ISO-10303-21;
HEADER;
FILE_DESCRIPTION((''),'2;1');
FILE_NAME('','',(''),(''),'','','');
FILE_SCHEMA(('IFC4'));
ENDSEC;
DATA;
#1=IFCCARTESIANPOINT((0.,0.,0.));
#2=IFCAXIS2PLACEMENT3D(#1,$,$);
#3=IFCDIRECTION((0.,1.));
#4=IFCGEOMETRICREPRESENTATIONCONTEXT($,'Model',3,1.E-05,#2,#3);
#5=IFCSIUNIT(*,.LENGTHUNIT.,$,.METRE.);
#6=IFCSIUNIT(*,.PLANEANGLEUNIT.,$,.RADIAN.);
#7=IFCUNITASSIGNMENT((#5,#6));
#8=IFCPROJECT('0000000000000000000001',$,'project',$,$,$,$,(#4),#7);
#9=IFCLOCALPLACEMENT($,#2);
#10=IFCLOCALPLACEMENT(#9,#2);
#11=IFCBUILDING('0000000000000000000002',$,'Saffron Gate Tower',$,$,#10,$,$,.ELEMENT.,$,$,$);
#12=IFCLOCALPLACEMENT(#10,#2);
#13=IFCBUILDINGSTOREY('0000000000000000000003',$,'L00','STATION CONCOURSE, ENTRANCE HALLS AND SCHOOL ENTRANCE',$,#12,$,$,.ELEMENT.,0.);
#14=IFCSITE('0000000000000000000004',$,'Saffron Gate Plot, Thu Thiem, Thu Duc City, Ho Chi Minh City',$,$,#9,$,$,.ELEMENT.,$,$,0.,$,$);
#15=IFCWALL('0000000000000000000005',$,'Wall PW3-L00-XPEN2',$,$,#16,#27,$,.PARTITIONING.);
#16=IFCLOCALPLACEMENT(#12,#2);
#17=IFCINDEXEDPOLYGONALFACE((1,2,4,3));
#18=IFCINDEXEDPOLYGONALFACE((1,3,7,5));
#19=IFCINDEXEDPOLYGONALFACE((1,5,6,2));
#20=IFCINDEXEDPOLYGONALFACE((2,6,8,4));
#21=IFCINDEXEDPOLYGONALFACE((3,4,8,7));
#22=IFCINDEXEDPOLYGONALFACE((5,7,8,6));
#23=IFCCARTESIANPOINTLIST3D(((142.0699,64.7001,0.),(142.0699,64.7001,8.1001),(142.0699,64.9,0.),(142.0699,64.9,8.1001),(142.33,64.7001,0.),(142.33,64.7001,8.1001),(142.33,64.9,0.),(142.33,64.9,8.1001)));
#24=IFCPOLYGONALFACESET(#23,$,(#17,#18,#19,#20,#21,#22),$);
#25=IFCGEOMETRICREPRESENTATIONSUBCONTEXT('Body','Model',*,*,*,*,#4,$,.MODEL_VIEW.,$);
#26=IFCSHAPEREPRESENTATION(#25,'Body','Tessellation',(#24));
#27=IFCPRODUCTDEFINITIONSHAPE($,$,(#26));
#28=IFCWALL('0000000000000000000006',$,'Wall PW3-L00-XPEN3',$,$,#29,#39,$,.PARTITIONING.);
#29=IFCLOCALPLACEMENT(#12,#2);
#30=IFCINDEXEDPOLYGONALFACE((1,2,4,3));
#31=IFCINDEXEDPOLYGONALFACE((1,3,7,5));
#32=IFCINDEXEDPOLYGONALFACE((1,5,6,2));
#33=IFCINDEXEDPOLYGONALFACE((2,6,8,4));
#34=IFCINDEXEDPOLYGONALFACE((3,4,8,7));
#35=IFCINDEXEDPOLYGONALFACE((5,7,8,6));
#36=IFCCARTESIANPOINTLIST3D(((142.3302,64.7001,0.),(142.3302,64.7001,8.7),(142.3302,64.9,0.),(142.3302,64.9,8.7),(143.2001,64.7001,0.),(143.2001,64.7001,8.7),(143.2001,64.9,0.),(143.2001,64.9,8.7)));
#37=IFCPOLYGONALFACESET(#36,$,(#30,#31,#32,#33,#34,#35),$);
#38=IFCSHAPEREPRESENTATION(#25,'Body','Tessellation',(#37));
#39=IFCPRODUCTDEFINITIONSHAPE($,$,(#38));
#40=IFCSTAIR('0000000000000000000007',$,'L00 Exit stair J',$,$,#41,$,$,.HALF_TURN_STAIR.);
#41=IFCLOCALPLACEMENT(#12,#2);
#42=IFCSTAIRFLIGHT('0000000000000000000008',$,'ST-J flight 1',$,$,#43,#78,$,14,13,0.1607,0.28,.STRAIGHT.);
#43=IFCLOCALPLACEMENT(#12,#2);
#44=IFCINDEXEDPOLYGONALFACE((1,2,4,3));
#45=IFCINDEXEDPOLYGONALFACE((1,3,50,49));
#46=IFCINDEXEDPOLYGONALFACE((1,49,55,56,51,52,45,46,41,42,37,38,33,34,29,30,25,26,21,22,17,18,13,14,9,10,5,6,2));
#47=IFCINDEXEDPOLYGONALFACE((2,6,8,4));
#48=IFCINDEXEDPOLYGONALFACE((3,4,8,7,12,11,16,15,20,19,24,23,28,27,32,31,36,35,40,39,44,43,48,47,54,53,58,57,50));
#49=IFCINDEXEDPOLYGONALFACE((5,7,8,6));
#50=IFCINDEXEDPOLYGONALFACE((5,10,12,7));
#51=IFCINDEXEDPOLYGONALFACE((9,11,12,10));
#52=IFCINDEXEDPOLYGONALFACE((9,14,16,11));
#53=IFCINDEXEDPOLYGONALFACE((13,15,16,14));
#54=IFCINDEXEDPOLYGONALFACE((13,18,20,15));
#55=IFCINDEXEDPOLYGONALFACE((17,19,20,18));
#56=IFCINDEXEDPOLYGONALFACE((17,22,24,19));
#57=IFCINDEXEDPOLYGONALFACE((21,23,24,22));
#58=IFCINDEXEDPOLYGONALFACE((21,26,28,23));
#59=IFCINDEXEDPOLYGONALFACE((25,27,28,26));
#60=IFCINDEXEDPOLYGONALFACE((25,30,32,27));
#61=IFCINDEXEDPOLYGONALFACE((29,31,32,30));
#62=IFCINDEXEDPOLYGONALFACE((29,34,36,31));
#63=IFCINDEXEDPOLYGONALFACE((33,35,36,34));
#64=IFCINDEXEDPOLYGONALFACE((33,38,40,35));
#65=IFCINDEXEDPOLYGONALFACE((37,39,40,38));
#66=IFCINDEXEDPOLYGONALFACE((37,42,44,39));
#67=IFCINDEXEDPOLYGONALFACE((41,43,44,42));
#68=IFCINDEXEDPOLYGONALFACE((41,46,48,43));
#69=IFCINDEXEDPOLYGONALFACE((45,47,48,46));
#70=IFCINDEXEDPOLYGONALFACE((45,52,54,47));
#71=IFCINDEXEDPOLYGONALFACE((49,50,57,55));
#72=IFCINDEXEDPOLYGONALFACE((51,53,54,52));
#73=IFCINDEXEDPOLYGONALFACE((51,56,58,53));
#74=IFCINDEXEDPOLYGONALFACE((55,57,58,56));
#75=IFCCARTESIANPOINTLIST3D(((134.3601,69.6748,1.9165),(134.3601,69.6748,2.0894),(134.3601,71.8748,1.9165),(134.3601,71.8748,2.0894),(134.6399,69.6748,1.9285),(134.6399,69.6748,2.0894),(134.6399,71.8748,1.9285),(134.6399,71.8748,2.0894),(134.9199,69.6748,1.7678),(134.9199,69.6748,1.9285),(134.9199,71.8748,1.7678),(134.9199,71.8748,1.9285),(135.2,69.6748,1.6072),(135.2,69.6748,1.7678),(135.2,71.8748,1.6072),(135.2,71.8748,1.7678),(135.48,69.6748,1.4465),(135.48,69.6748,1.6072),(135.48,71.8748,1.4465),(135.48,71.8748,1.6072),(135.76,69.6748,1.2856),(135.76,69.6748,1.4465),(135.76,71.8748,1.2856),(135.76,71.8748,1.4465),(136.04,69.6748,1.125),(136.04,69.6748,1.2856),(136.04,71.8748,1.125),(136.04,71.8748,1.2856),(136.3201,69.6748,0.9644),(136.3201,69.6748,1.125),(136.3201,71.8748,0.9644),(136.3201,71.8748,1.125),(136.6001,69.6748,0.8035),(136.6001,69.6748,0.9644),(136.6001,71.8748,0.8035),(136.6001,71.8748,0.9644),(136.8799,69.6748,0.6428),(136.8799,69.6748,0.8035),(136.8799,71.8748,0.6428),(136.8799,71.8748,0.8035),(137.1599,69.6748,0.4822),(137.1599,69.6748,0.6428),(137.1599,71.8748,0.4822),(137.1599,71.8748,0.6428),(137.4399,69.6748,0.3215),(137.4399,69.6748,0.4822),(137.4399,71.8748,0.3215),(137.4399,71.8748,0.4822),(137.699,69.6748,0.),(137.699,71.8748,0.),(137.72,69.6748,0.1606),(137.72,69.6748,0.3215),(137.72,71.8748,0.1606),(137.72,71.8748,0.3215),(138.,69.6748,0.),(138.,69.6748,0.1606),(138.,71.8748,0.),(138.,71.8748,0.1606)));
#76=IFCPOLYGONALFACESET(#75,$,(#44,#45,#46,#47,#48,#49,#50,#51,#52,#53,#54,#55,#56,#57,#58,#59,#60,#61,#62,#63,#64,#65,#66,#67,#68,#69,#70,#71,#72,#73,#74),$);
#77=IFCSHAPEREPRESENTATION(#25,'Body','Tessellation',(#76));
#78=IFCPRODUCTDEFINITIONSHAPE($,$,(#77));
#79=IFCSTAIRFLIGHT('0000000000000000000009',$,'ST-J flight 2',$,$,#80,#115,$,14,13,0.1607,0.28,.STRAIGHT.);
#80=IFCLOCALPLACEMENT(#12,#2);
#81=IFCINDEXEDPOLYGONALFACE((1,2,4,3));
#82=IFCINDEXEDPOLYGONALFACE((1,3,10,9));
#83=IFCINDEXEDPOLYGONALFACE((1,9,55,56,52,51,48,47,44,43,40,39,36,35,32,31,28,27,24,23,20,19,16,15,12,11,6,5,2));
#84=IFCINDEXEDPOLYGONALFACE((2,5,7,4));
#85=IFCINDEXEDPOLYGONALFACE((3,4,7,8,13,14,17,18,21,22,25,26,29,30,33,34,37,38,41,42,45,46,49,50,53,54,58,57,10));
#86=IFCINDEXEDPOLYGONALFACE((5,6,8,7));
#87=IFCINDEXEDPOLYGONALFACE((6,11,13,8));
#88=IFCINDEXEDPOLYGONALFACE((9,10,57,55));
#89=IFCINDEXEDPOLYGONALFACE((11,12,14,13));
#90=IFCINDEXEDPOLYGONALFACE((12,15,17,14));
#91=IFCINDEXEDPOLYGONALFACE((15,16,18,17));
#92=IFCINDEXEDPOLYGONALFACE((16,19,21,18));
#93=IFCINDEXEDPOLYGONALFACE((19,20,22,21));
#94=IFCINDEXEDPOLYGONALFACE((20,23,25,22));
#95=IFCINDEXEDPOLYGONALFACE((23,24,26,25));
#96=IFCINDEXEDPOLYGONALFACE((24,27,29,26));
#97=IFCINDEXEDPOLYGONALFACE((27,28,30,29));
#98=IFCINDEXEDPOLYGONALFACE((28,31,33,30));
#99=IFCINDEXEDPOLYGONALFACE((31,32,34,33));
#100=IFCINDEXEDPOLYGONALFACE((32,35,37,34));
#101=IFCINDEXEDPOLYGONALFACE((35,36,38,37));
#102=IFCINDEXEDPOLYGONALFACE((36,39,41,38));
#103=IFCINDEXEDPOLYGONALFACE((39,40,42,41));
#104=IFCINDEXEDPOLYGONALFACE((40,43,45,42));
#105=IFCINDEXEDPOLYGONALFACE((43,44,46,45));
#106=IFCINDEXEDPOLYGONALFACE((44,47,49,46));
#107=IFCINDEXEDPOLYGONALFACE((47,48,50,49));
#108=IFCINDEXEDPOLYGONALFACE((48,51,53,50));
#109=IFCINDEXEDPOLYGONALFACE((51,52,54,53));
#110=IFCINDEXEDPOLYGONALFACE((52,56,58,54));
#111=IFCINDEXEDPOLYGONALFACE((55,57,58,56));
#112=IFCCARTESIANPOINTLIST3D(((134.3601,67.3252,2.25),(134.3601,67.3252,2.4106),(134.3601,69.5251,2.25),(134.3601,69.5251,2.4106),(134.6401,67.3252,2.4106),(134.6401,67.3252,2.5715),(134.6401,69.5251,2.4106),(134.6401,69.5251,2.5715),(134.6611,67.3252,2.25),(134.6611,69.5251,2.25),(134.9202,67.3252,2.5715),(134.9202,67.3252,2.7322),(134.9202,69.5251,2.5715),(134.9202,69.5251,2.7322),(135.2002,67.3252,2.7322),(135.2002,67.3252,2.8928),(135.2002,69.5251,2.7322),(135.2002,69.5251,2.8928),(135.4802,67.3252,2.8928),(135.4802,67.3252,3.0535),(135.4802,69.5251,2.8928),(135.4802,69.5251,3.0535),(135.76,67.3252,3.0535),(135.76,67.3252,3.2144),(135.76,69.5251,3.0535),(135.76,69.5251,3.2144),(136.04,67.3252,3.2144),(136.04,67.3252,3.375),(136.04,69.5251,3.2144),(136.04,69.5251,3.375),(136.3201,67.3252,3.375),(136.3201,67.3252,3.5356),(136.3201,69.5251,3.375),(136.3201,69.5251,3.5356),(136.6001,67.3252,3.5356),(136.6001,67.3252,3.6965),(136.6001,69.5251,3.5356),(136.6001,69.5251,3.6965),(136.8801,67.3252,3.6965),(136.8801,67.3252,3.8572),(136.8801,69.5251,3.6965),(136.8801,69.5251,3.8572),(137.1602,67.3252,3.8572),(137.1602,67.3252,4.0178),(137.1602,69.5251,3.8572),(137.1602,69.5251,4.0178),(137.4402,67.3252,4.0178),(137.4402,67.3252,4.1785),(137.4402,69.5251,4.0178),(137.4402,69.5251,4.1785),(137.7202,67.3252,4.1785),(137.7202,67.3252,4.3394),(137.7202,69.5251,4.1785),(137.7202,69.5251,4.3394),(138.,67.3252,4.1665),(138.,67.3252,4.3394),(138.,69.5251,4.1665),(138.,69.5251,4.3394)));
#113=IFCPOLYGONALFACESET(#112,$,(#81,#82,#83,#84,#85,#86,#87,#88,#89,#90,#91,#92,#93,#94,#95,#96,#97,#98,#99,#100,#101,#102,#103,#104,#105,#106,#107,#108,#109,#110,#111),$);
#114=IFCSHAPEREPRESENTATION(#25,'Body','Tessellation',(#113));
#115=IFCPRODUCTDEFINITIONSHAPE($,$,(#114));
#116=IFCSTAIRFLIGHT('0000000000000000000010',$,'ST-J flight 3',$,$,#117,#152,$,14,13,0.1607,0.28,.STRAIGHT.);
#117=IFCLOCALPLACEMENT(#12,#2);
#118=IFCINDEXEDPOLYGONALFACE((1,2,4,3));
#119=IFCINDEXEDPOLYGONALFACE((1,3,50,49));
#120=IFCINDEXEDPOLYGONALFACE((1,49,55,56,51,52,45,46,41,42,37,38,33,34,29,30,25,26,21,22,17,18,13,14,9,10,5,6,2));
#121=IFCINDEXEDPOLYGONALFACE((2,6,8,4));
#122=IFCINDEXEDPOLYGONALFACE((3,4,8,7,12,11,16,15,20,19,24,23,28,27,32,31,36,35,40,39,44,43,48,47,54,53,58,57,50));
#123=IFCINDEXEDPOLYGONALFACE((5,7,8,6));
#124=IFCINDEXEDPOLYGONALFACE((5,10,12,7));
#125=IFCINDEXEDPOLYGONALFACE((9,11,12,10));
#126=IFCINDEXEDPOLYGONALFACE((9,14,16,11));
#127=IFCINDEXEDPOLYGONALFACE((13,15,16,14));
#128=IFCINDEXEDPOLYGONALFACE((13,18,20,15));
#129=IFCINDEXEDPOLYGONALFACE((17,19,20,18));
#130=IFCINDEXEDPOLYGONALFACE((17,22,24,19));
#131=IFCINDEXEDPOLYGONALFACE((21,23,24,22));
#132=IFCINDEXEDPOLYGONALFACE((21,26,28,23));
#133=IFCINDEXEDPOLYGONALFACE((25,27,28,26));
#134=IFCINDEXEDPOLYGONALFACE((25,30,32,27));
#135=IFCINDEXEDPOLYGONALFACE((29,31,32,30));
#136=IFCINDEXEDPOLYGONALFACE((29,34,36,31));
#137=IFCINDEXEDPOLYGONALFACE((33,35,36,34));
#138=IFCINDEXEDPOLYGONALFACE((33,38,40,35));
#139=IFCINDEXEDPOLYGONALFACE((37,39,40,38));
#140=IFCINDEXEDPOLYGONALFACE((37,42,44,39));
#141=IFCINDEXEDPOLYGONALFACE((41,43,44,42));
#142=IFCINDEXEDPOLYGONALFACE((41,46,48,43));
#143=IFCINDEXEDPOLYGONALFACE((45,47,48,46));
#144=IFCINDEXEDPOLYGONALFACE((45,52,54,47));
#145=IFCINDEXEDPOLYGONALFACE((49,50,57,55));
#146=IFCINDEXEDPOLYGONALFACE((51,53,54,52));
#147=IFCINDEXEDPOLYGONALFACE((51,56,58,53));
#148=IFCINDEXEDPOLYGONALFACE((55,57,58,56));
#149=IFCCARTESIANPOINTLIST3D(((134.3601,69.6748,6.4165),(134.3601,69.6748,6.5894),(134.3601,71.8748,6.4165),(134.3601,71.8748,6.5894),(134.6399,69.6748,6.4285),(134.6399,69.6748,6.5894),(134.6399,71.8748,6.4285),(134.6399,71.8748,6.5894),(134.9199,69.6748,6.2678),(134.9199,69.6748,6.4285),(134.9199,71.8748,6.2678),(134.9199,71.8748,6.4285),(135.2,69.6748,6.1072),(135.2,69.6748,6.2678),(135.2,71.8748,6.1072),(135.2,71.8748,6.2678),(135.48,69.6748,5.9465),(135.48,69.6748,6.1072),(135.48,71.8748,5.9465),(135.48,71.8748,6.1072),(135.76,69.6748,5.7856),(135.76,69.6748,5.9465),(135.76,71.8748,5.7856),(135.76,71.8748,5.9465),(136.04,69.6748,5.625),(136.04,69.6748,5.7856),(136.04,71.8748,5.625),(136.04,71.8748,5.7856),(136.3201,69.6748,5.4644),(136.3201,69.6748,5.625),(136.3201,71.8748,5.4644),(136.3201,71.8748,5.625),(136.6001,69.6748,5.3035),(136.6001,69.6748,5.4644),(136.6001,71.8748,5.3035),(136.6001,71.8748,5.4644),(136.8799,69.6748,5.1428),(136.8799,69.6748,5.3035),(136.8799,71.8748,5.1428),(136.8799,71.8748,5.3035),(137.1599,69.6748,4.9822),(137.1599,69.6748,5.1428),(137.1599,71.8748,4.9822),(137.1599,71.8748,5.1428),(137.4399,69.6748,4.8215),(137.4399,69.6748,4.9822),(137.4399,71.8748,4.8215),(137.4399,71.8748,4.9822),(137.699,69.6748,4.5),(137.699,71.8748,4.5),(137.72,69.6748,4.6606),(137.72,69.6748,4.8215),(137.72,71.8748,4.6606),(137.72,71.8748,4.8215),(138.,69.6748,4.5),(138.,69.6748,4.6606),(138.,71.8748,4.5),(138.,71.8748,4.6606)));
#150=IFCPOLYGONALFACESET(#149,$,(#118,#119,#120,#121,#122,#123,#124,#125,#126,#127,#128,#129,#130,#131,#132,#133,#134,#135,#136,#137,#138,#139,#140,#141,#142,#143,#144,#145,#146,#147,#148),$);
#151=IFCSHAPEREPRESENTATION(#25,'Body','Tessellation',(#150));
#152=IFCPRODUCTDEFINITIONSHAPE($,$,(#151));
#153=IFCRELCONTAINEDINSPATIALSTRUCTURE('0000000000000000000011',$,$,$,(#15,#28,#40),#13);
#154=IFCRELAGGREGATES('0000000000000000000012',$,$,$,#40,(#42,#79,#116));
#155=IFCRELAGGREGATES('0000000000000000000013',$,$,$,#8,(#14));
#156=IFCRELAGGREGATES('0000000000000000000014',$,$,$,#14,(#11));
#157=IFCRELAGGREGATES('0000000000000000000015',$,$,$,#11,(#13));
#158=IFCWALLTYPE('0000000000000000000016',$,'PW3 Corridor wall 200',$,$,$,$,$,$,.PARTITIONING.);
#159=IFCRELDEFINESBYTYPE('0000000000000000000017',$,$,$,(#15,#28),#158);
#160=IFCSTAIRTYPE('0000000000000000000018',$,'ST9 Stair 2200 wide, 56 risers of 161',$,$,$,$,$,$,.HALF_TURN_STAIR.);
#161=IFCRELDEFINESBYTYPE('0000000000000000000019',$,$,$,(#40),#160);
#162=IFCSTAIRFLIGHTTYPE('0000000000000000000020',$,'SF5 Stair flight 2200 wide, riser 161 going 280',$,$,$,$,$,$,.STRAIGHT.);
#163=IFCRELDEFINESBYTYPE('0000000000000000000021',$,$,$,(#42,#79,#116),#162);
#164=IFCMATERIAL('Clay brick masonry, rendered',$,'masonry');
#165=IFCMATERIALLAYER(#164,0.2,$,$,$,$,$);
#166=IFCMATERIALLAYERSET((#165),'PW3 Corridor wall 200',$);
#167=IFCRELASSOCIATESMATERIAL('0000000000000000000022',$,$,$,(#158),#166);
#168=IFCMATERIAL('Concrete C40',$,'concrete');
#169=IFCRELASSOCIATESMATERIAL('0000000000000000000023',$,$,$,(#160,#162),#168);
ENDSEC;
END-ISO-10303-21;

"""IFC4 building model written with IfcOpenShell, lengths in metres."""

from ifc_helpers import new_model, si_unit, direction, frame, frame_2d, origin, place, context, subcontext, project, spatial, polyline, rectangle, outline, extrude, material, layer, layer_set, type_object, element, aggregate, save


model = new_model("IFC4")

# Units and contexts
model_context = context("Model", 3, precision=1e-05, world=origin(), true_north=direction((0.0, 1.0)))
body_context = subcontext(model_context, "Body", "Model", "MODEL_VIEW")
ifc_project = project(units=[si_unit("LENGTHUNIT", "METRE"), si_unit("PLANEANGLEUNIT", "RADIAN")], contexts=[model_context])

# Site, building, storey
site_placement = place(None, origin())
site = spatial("IfcSite", under=ifc_project, at=site_placement, Name="Saffron Gate Plot, Thu Thiem, Thu Duc City, Ho Chi Minh City", CompositionType="ELEMENT", RefElevation=0.0)
building_placement = place(site_placement, origin())
building = spatial("IfcBuilding", under=site, at=building_placement, Name="Saffron Gate Tower", CompositionType="ELEMENT")
storey_placement = place(building_placement, origin())
storey = spatial("IfcBuildingStorey", under=building, at=storey_placement, Name="L00", Description="STATION CONCOURSE, ENTRANCE HALLS AND SCHOOL ENTRANCE", CompositionType="ELEMENT", Elevation=0.0)

# Walls
ifc_material_1 = material(Name="Clay brick masonry, rendered", Category="masonry")
ifc_layer_1 = layer(ifc_material_1, 0.2)
ifc_layer_set_1 = layer_set([ifc_layer_1], Name="PW3 Corridor wall 200")
wall_type_1 = type_object("IfcWallType", Name="PW3 Corridor wall 200", PredefinedType="PARTITIONING", material=ifc_layer_set_1)
wall_1_placement = place(storey_placement, frame((142.0701, 64.8, 0.0), z_axis=(0.0, 0.0, 1.0), x_axis=(1.0, 0.0, 0.0)))
element("IfcWall", 1, at=wall_1_placement, inside=storey, type_object=wall_type_1, Name="Wall PW3-L00-XPEN2", PredefinedType="PARTITIONING", context=body_context, shape_type="SweptSolid", body=[
    extrude(rectangle(XDim=0.26, YDim=0.2, at=frame_2d((0.1299, 0.0))), origin(), (0.0, 0.0, 1.0), 8.1001),
])
wall_2_placement = place(storey_placement, frame((142.3301, 64.8, 0.0), z_axis=(0.0, 0.0, 1.0), x_axis=(1.0, 0.0, 0.0)))
element("IfcWall", 2, at=wall_2_placement, inside=storey, type_object=wall_type_1, Name="Wall PW3-L00-XPEN3", PredefinedType="PARTITIONING", context=body_context, shape_type="SweptSolid", body=[
    extrude(rectangle(XDim=0.8699, YDim=0.2, at=frame_2d((0.4351, 0.0))), origin(), (0.0, 0.0, 1.0), 8.7),
])

# Stair, stair flights
ifc_material_2 = material(Name="Concrete C40", Category="concrete")
stair_type = type_object("IfcStairType", Name="ST9 Stair 2200 wide, 56 risers of 161", PredefinedType="HALF_TURN_STAIR", material=ifc_material_2)
stair_placement = place(storey_placement, origin())
stair = element("IfcStair", 3, at=stair_placement, inside=storey, type_object=stair_type, Name="L00 Exit stair J", PredefinedType="HALF_TURN_STAIR")
stair_flight_type = type_object("IfcStairFlightType", Name="SF5 Stair flight 2200 wide, riser 161 going 280", PredefinedType="STRAIGHT", material=ifc_material_2)
stair_flight_1_placement = place(storey_placement, frame((138.0, 70.7749, 0.0), z_axis=(0.0, 0.0, 1.0), x_axis=(-1.0, 0.0, 0.0)))
stair_flight_1 = element("IfcStairFlight", 4, at=stair_flight_1_placement, type_object=stair_flight_type, Name="ST-J flight 1", NumberOfRisers=14, NumberOfTreads=13, PredefinedType="STRAIGHT", RiserHeight=0.1607, TreadLength=0.28, context=body_context, shape_type="SweptSolid", body=[
    extrude(outline(polyline([(0.0, 0.0), (0.0, 0.1606), (0.28, 0.1606), (0.28, 0.3215), (0.5601, 0.3215), (0.5601, 0.4822), (0.8401, 0.4822), (0.8401, 0.6428), (1.1201, 0.6428), (1.1201, 0.8035), (1.3999, 0.8035), (1.3999, 0.9644), (1.6799, 0.9644), (1.6799, 1.125), (1.96, 1.125), (1.96, 1.2856), (2.24, 1.2856), (2.24, 1.4465), (2.52, 1.4465), (2.52, 1.6072), (2.8, 1.6072), (2.8, 1.7678), (3.0801, 1.7678), (3.0801, 1.9285), (3.3601, 1.9285), (3.3601, 2.0894), (3.6399, 2.0894), (3.6399, 2.25), (3.6399, 1.9165), (0.301, 0.0), (0.0, 0.0)])), frame((0.0, 1.1001, 0.0), z_axis=(0.0, -1.0, 0.0), x_axis=(1.0, 0.0, 0.0)), (0.0, 0.0, 1.0), 2.2),
])
stair_flight_2_placement = place(storey_placement, frame((134.3601, 68.425, 2.25), z_axis=(0.0, 0.0, 1.0), x_axis=(1.0, 0.0, 0.0)))
stair_flight_2 = element("IfcStairFlight", 5, at=stair_flight_2_placement, type_object=stair_flight_type, Name="ST-J flight 2", NumberOfRisers=14, NumberOfTreads=13, PredefinedType="STRAIGHT", RiserHeight=0.1607, TreadLength=0.28, context=body_context, shape_type="SweptSolid", body=[
    extrude(outline(polyline([(0.0, 0.0), (0.0, 0.1606), (0.28, 0.1606), (0.28, 0.3215), (0.5601, 0.3215), (0.5601, 0.4822), (0.8401, 0.4822), (0.8401, 0.6428), (1.1201, 0.6428), (1.1201, 0.8035), (1.3999, 0.8035), (1.3999, 0.9644), (1.6799, 0.9644), (1.6799, 1.125), (1.96, 1.125), (1.96, 1.2856), (2.24, 1.2856), (2.24, 1.4465), (2.52, 1.4465), (2.52, 1.6072), (2.8, 1.6072), (2.8, 1.7678), (3.0801, 1.7678), (3.0801, 1.9285), (3.3601, 1.9285), (3.3601, 2.0894), (3.6399, 2.0894), (3.6399, 2.25), (3.6399, 1.9165), (0.301, 0.0), (0.0, 0.0)])), frame((0.0, 1.1001, 0.0), z_axis=(0.0, -1.0, 0.0), x_axis=(1.0, 0.0, 0.0)), (0.0, 0.0, 1.0), 2.2),
])
stair_flight_3_placement = place(storey_placement, frame((138.0, 70.7749, 4.5), z_axis=(0.0, 0.0, 1.0), x_axis=(-1.0, 0.0, 0.0)))
stair_flight_3 = element("IfcStairFlight", 6, at=stair_flight_3_placement, type_object=stair_flight_type, Name="ST-J flight 3", NumberOfRisers=14, NumberOfTreads=13, PredefinedType="STRAIGHT", RiserHeight=0.1607, TreadLength=0.28, context=body_context, shape_type="SweptSolid", body=[
    extrude(outline(polyline([(0.0, 0.0), (0.0, 0.1606), (0.28, 0.1606), (0.28, 0.3215), (0.5601, 0.3215), (0.5601, 0.4822), (0.8401, 0.4822), (0.8401, 0.6428), (1.1201, 0.6428), (1.1201, 0.8035), (1.3999, 0.8035), (1.3999, 0.9644), (1.6799, 0.9644), (1.6799, 1.125), (1.96, 1.125), (1.96, 1.2856), (2.24, 1.2856), (2.24, 1.4465), (2.52, 1.4465), (2.52, 1.6072), (2.8, 1.6072), (2.8, 1.7678), (3.0801, 1.7678), (3.0801, 1.9285), (3.3601, 1.9285), (3.3601, 2.0894), (3.6399, 2.0894), (3.6399, 2.25), (3.6399, 1.9165), (0.301, 0.0), (0.0, 0.0)])), frame((0.0, 1.1001, 0.0), z_axis=(0.0, -1.0, 0.0), x_axis=(1.0, 0.0, 0.0)), (0.0, 0.0, 1.0), 2.2),
])
aggregate(stair, [stair_flight_1, stair_flight_2, stair_flight_3])

save(model, "model.ifc")
